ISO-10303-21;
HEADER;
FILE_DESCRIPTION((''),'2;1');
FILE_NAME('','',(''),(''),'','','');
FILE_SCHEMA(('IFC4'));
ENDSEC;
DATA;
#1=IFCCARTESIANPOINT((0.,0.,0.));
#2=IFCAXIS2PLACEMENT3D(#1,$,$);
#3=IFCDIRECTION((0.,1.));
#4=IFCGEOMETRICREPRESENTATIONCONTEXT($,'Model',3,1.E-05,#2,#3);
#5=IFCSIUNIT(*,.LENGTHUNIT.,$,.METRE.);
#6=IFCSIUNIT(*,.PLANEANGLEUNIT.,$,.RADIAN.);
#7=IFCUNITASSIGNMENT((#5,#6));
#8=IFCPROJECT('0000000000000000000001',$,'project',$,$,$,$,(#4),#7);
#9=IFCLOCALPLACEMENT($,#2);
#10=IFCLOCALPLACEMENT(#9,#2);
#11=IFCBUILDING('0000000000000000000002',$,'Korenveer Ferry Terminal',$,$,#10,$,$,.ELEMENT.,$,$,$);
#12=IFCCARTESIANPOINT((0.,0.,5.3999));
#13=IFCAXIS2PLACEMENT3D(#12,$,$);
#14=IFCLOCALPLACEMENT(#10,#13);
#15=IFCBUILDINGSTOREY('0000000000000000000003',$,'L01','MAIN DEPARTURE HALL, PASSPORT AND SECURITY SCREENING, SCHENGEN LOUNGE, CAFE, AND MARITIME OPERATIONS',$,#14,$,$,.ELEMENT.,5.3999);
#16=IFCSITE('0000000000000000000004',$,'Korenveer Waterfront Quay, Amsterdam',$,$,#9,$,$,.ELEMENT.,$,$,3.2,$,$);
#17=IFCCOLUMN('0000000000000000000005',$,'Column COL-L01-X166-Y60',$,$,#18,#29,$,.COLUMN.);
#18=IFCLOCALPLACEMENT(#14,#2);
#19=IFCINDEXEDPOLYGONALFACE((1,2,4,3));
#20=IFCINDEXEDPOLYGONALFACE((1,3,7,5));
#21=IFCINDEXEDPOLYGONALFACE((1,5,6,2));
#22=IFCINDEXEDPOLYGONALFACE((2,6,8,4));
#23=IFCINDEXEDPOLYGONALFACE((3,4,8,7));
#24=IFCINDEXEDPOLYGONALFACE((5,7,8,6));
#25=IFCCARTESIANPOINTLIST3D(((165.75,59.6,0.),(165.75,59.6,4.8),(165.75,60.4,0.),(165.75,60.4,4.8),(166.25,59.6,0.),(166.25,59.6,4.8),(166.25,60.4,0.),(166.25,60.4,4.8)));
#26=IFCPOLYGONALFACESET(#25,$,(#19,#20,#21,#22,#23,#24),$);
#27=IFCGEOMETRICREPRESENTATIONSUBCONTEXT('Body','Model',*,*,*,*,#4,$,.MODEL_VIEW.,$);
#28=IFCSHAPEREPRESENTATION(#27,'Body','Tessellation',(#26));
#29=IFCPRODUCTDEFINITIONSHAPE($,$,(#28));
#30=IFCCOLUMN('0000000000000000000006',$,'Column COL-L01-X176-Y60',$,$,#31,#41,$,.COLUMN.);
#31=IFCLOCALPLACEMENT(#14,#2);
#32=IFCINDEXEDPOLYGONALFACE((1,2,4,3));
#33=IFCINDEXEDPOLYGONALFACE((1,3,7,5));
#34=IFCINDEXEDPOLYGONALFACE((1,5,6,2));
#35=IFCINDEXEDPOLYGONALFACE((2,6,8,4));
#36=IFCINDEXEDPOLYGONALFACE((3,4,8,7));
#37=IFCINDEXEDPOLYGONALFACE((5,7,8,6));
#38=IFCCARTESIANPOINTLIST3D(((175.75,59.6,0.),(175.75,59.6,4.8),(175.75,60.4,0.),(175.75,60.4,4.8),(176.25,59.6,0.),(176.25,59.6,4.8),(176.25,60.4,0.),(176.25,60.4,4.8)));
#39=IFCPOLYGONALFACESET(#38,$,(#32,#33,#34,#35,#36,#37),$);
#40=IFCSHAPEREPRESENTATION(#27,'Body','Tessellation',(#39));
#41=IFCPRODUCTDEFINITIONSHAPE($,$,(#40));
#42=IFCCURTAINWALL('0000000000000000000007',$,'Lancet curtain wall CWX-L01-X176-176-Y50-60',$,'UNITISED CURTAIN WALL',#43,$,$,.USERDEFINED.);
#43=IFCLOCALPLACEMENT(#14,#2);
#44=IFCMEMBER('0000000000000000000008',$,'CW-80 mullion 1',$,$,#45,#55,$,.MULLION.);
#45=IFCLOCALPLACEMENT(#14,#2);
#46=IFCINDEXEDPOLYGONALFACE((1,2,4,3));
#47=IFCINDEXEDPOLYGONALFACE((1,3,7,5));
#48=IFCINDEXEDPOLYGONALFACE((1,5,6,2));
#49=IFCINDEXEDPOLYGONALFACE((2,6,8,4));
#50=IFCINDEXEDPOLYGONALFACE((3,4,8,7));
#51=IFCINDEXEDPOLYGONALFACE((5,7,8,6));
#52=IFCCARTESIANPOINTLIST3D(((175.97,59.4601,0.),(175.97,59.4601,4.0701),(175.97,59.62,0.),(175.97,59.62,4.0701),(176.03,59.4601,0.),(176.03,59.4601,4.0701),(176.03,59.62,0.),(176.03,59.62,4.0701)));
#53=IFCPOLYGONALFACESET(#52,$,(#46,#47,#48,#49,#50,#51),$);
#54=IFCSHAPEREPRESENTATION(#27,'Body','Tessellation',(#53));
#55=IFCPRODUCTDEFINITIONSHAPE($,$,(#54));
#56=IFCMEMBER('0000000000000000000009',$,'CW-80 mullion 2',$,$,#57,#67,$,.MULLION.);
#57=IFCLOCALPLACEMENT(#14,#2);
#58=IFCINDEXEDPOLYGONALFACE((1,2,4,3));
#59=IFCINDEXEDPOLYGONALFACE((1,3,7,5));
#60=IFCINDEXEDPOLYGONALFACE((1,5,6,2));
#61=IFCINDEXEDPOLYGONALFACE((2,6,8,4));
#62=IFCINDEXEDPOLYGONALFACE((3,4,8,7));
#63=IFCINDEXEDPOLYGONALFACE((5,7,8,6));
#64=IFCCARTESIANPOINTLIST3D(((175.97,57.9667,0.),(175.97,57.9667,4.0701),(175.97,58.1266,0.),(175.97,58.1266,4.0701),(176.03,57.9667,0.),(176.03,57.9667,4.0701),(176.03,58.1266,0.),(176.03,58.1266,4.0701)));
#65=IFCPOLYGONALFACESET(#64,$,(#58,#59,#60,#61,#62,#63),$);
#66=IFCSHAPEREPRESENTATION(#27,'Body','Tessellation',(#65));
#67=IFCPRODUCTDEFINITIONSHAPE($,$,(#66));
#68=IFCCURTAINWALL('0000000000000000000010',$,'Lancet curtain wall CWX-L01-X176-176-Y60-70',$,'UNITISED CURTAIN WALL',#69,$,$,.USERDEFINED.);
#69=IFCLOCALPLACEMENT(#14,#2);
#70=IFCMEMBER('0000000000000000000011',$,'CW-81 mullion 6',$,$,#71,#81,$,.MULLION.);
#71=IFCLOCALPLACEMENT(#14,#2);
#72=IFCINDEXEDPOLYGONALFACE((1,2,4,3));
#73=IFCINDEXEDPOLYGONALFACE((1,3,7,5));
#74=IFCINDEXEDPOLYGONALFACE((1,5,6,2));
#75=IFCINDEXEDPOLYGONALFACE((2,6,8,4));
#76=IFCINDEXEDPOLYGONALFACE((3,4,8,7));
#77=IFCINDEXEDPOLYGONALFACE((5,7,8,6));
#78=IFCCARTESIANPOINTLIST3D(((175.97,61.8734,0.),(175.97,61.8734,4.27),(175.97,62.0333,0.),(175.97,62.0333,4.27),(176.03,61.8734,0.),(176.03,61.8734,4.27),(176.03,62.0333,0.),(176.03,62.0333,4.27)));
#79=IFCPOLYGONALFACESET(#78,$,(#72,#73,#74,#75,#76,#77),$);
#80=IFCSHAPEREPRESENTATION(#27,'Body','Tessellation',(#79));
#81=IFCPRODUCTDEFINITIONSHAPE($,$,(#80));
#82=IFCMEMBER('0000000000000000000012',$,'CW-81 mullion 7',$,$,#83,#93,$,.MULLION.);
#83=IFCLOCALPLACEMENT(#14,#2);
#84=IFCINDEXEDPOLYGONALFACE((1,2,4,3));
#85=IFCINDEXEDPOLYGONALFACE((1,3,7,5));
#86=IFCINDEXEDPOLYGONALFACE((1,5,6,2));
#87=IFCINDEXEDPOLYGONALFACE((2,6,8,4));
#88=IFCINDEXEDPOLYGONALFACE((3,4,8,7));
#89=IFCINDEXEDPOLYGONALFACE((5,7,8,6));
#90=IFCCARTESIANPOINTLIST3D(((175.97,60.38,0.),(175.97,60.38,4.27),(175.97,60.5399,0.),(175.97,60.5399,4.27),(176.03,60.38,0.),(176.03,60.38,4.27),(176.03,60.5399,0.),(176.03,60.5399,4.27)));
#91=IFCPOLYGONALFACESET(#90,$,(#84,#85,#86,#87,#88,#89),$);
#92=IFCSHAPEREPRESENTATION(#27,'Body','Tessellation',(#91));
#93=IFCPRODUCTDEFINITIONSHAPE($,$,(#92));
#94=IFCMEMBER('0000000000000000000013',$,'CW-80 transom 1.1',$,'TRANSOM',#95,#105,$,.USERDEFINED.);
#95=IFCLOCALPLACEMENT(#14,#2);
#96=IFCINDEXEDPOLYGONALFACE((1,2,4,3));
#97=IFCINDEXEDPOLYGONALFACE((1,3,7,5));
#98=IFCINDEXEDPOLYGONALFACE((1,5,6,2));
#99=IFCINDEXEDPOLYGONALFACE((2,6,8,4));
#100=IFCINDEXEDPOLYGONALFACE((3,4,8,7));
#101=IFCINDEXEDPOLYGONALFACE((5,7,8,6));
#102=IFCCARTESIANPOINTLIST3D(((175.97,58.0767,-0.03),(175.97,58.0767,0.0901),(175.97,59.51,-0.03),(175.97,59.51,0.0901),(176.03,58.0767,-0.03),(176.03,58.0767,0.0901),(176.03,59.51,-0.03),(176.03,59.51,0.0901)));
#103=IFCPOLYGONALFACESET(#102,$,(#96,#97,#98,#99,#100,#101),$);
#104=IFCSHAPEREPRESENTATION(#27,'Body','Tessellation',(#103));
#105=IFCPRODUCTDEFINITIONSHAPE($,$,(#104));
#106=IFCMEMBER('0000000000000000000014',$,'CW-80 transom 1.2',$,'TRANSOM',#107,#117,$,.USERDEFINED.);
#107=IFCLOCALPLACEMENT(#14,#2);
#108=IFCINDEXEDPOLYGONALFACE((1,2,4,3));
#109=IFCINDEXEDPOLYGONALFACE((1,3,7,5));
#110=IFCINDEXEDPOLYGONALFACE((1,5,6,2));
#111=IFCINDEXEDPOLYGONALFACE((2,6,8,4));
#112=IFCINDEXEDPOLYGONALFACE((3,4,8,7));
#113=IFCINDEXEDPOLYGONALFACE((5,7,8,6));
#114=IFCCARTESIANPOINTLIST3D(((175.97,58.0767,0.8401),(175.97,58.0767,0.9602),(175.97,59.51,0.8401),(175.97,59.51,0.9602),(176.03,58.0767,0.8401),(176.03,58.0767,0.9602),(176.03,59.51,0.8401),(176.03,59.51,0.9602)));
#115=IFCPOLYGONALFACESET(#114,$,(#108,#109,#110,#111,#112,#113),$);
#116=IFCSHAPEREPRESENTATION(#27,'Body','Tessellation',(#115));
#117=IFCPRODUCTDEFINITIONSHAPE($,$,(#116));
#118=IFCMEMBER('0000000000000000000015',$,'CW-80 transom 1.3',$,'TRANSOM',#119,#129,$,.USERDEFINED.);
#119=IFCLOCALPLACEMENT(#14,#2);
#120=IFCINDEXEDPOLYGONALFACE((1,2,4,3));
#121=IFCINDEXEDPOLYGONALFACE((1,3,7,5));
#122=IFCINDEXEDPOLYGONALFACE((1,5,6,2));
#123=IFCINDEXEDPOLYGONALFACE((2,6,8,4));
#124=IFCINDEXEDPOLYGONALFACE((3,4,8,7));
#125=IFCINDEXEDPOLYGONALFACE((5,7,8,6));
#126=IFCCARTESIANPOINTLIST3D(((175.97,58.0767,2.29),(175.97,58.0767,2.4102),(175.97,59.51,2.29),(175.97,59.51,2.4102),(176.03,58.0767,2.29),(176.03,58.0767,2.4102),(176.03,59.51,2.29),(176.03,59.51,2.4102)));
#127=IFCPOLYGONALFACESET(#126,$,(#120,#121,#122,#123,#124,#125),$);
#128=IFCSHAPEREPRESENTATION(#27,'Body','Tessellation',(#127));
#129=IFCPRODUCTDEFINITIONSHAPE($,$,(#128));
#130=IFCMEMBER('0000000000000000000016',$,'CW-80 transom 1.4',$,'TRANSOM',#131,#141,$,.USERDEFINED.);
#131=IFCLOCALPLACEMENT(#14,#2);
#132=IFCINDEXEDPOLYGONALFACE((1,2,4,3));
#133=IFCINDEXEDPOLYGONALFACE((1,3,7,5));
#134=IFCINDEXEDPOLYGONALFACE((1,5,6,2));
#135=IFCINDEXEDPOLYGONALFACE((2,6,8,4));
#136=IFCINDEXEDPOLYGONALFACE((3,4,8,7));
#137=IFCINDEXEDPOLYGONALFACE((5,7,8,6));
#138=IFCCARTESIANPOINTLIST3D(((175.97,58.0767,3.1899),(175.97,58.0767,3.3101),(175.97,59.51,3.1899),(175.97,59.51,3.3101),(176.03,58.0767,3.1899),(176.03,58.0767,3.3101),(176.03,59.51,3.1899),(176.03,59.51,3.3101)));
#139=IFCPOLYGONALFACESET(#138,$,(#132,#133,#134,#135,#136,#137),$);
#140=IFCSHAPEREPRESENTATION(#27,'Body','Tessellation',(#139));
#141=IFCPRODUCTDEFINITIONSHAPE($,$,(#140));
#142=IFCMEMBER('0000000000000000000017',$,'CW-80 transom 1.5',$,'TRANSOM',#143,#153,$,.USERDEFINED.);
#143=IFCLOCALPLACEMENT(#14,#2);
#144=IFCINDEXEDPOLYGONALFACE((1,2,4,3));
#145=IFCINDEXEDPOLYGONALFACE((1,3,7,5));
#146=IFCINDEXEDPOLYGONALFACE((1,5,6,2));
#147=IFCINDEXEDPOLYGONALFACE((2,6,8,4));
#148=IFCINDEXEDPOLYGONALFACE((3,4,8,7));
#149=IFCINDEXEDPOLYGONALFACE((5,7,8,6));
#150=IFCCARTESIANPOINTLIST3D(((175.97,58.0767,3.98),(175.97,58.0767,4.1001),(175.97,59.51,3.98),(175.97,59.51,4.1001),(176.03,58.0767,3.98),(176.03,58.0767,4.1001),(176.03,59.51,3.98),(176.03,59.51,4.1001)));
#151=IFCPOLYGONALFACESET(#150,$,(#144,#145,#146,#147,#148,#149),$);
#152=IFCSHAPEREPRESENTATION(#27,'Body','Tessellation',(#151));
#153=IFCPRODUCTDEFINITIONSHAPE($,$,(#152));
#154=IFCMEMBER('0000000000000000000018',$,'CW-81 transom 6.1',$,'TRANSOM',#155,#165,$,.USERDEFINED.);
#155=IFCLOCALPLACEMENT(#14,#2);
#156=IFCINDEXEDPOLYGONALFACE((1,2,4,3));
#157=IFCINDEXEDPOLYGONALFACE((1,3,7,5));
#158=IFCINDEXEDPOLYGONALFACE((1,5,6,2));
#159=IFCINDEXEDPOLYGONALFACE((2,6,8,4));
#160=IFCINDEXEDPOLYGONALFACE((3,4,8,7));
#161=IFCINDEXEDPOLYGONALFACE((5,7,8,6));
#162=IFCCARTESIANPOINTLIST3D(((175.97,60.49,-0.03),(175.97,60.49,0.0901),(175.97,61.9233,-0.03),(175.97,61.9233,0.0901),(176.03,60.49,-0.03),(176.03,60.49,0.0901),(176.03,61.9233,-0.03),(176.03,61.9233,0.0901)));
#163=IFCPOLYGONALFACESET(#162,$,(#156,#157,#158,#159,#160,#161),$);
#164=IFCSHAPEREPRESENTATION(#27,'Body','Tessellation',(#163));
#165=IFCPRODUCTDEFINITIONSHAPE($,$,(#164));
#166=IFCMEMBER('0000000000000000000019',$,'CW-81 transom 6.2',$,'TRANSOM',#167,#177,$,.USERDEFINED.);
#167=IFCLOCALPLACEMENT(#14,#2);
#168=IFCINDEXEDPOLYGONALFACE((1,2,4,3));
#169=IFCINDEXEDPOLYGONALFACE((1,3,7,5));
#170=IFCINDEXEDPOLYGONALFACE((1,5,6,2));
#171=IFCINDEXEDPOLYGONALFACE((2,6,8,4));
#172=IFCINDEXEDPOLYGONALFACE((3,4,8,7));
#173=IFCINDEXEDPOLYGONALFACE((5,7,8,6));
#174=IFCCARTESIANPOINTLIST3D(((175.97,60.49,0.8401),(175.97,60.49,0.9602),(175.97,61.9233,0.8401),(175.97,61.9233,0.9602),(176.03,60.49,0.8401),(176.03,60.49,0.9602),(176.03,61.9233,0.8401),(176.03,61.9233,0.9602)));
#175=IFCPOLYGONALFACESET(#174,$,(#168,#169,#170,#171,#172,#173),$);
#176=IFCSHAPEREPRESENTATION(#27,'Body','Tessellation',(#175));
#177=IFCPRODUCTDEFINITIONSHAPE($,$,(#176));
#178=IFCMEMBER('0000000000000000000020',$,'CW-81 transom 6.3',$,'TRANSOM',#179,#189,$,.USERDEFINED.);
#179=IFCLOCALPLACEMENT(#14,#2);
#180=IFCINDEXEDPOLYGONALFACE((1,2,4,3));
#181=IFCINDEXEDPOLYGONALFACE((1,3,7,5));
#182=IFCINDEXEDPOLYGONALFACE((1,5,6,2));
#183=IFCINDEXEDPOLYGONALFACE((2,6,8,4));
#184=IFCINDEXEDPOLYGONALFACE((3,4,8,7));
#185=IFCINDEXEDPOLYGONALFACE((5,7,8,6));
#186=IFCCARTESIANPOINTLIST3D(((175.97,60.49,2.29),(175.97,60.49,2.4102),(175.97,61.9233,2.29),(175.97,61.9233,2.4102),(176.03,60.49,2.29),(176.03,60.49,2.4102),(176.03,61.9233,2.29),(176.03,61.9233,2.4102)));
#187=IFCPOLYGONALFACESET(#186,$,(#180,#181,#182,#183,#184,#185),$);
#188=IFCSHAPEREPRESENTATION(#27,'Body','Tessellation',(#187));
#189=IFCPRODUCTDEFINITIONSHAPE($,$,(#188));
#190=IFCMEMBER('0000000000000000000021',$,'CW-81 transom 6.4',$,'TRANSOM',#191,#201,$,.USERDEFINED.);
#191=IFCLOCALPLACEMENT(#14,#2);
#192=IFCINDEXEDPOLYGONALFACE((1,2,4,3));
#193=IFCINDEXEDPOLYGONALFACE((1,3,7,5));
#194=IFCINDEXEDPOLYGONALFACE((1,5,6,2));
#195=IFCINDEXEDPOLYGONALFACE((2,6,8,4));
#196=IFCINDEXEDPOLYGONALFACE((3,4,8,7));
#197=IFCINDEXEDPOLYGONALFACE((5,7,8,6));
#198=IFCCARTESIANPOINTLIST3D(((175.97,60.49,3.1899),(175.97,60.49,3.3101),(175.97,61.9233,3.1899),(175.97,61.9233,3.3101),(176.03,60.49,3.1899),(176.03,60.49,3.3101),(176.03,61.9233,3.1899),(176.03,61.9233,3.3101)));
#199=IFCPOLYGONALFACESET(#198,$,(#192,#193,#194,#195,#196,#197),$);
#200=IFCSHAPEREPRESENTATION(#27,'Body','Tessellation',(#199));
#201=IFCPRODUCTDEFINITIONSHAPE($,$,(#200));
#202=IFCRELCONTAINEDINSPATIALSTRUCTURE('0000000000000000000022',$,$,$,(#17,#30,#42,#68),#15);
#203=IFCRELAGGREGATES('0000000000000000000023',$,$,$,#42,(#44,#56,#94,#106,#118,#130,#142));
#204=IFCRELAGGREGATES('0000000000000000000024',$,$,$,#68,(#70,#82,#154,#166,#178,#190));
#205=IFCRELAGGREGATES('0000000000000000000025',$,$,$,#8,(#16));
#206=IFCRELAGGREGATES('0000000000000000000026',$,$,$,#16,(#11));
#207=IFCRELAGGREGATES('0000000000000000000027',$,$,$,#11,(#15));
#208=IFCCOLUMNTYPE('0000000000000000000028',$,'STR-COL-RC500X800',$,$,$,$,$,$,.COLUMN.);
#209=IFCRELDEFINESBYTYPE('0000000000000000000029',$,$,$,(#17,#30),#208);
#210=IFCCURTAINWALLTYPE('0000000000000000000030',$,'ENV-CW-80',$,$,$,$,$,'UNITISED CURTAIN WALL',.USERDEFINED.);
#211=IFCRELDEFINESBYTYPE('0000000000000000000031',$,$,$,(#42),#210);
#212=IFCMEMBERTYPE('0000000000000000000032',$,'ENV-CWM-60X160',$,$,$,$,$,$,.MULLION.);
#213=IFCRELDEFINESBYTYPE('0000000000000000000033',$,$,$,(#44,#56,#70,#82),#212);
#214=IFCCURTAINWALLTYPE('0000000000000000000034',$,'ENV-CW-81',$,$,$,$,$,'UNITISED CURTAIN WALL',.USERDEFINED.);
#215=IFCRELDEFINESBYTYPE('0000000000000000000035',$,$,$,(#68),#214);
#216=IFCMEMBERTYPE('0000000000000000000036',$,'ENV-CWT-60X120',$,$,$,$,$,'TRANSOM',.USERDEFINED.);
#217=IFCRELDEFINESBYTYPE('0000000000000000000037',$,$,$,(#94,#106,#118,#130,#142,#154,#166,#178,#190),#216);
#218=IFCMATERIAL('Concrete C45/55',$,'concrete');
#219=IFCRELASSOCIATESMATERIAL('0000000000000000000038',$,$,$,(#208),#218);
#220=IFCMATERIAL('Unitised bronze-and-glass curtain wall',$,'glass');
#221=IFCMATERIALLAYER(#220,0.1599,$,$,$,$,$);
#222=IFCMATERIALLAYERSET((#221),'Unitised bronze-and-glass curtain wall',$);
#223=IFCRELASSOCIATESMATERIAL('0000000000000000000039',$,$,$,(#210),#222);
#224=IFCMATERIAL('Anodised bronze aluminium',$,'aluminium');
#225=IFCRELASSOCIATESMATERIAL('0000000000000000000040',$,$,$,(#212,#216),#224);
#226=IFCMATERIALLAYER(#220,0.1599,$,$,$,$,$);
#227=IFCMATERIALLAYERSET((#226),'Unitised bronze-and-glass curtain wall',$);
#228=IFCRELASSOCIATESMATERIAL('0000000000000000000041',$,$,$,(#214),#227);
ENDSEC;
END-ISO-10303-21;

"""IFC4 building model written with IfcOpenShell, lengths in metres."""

from ifc_helpers import new_model, si_unit, direction, frame, origin, origin_2d, place, context, subcontext, project, spatial, rectangle, extrude, material, layer, layer_set, material_profile, profile_set, type_object, element, aggregate, save


model = new_model("IFC4")

# Units and contexts
model_context = context("Model", 3, precision=1e-05, world=origin(), true_north=direction((0.0, 1.0)))
body_context = subcontext(model_context, "Body", "Model", "MODEL_VIEW")
ifc_project = project(units=[si_unit("LENGTHUNIT", "METRE"), si_unit("PLANEANGLEUNIT", "RADIAN")], contexts=[model_context])

# Site, building, storey
site_placement = place(None, origin())
site = spatial("IfcSite", under=ifc_project, at=site_placement, Name="Korenveer Waterfront Quay, Amsterdam", CompositionType="ELEMENT", RefElevation=3.2)
building_placement = place(site_placement, origin())
building = spatial("IfcBuilding", under=site, at=building_placement, Name="Korenveer Ferry Terminal", CompositionType="ELEMENT")
storey_placement = place(building_placement, frame((0.0, 0.0, 5.3999)))
storey = spatial("IfcBuildingStorey", under=building, at=storey_placement, Name="L01", Description="MAIN DEPARTURE HALL, PASSPORT AND SECURITY SCREENING, SCHENGEN LOUNGE, CAFE, AND MARITIME OPERATIONS", CompositionType="ELEMENT", Elevation=5.3999)

# Columns
ifc_material_1 = material(Name="Concrete C45/55", Category="concrete")
ifc_material_profile_1 = material_profile(ifc_material_1, rectangle(XDim=0.5, YDim=0.8, at=origin_2d()), Name="RC 500x800")
ifc_profile_set_1 = profile_set([ifc_material_profile_1], Name="Concrete C45/55")
column_type = type_object("IfcColumnType", Name="STR-COL-RC500X800", PredefinedType="COLUMN", material=ifc_profile_set_1)
for number, where, z_axis, x_axis, name in (
    (1, (166.0, 60.0, 0.0), (0.0, 0.0, 1.0), (1.0, 0.0, 0.0), "Column COL-L01-X166-Y60"),
    (2, (176.0, 60.0, 0.0), (0.0, 0.0, 1.0), (1.0, 0.0, 0.0), "Column COL-L01-X176-Y60"),
):
    element("IfcColumn", number, at=place(storey_placement, frame(where, z_axis=z_axis, x_axis=x_axis)), inside=storey, type_object=column_type, Name=name, PredefinedType="COLUMN", context=body_context, shape_type="SweptSolid", body=[
        extrude(rectangle(XDim=0.5, YDim=0.8, at=origin_2d()), origin(), (0.0, 0.0, 1.0), 4.8),
    ])

# Curtain walls, members
ifc_material_2 = material(Name="Unitised bronze-and-glass curtain wall", Category="glass")
ifc_layer_1 = layer(ifc_material_2, 0.1599)
ifc_layer_set_1 = layer_set([ifc_layer_1], Name="Unitised bronze-and-glass curtain wall")
curtain_wall_type_1 = type_object("IfcCurtainWallType", Name="ENV-CW-80", ElementType="UNITISED CURTAIN WALL", PredefinedType="USERDEFINED", material=ifc_layer_set_1)
curtain_wall_1_placement = place(storey_placement, frame((176.0, 59.5701, 0.0)))
curtain_wall_1 = element("IfcCurtainWall", 3, at=curtain_wall_1_placement, inside=storey, type_object=curtain_wall_type_1, Name="Lancet curtain wall CWX-L01-X176-176-Y50-60", ObjectType="UNITISED CURTAIN WALL", PredefinedType="USERDEFINED")
ifc_material_3 = material(Name="Anodised bronze aluminium", Category="aluminium")
ifc_material_profile_2 = material_profile(ifc_material_3, rectangle(XDim=0.0601, YDim=0.1599, at=origin_2d()), Name="ALU 60x160")
ifc_profile_set_2 = profile_set([ifc_material_profile_2], Name="Anodised bronze aluminium")
member_type_1 = type_object("IfcMemberType", Name="ENV-CWM-60X160", PredefinedType="MULLION", material=ifc_profile_set_2)
member_1_placement = place(storey_placement, frame((176.0, 59.54, 0.0), z_axis=(0.0, 0.0, 1.0), x_axis=(1.0, 0.0, 0.0)))
member_1 = element("IfcMember", 4, at=member_1_placement, type_object=member_type_1, Name="CW-80 mullion 1", PredefinedType="MULLION", context=body_context, shape_type="SweptSolid", body=[
    extrude(rectangle(XDim=0.0601, YDim=0.1599, at=origin_2d()), origin(), (0.0, 0.0, 1.0), 4.0701),
])
member_2_placement = place(storey_placement, frame((176.0, 58.0466, 0.0), z_axis=(0.0, 0.0, 1.0), x_axis=(1.0, 0.0, 0.0)))
member_2 = element("IfcMember", 5, at=member_2_placement, type_object=member_type_1, Name="CW-80 mullion 2", PredefinedType="MULLION", context=body_context, shape_type="SweptSolid", body=[
    extrude(rectangle(XDim=0.0601, YDim=0.1599, at=origin_2d()), origin(), (0.0, 0.0, 1.0), 4.0701),
])
ifc_layer_2 = layer(ifc_material_2, 0.1599)
ifc_layer_set_2 = layer_set([ifc_layer_2], Name="Unitised bronze-and-glass curtain wall")
curtain_wall_type_2 = type_object("IfcCurtainWallType", Name="ENV-CW-81", ElementType="UNITISED CURTAIN WALL", PredefinedType="USERDEFINED", material=ifc_layer_set_2)
curtain_wall_2_placement = place(storey_placement, frame((176.0, 69.5701, 0.0)))
curtain_wall_2 = element("IfcCurtainWall", 6, at=curtain_wall_2_placement, inside=storey, type_object=curtain_wall_type_2, Name="Lancet curtain wall CWX-L01-X176-176-Y60-70", ObjectType="UNITISED CURTAIN WALL", PredefinedType="USERDEFINED")
member_3_placement = place(storey_placement, frame((176.0, 61.9534, 0.0), z_axis=(0.0, 0.0, 1.0), x_axis=(1.0, 0.0, 0.0)))
member_3 = element("IfcMember", 7, at=member_3_placement, type_object=member_type_1, Name="CW-81 mullion 6", PredefinedType="MULLION", context=body_context, shape_type="SweptSolid", body=[
    extrude(rectangle(XDim=0.0601, YDim=0.1599, at=origin_2d()), origin(), (0.0, 0.0, 1.0), 4.27),
])
member_4_placement = place(storey_placement, frame((176.0, 60.46, 0.0), z_axis=(0.0, 0.0, 1.0), x_axis=(1.0, 0.0, 0.0)))
member_4 = element("IfcMember", 8, at=member_4_placement, type_object=member_type_1, Name="CW-81 mullion 7", PredefinedType="MULLION", context=body_context, shape_type="SweptSolid", body=[
    extrude(rectangle(XDim=0.0601, YDim=0.1599, at=origin_2d()), origin(), (0.0, 0.0, 1.0), 4.27),
])

# Members
ifc_material_profile_3 = material_profile(ifc_material_3, rectangle(XDim=0.0601, YDim=0.1201, at=origin_2d()), Name="ALU 60x120")
ifc_profile_set_3 = profile_set([ifc_material_profile_3], Name="Anodised bronze aluminium")
member_type_2 = type_object("IfcMemberType", Name="ENV-CWT-60X120", ElementType="TRANSOM", PredefinedType="USERDEFINED", material=ifc_profile_set_3)
member_5_placement = place(storey_placement, frame((176.0, 59.51, 0.03), z_axis=(0.0, -1.0, 0.0), x_axis=(1.0, 0.0, 0.0)))
member_5 = element("IfcMember", 9, at=member_5_placement, type_object=member_type_2, Name="CW-80 transom 1.1", ObjectType="TRANSOM", PredefinedType="USERDEFINED", context=body_context, shape_type="SweptSolid", body=[
    extrude(rectangle(XDim=0.0601, YDim=0.1201, at=origin_2d()), origin(), (0.0, 0.0, 1.0), 1.4333),
])
member_6_placement = place(storey_placement, frame((176.0, 59.51, 0.9001), z_axis=(0.0, -1.0, 0.0), x_axis=(1.0, 0.0, 0.0)))
member_6 = element("IfcMember", 10, at=member_6_placement, type_object=member_type_2, Name="CW-80 transom 1.2", ObjectType="TRANSOM", PredefinedType="USERDEFINED", context=body_context, shape_type="SweptSolid", body=[
    extrude(rectangle(XDim=0.0601, YDim=0.1201, at=origin_2d()), origin(), (0.0, 0.0, 1.0), 1.4333),
])
member_7_placement = place(storey_placement, frame((176.0, 59.51, 2.3501), z_axis=(0.0, -1.0, 0.0), x_axis=(1.0, 0.0, 0.0)))
member_7 = element("IfcMember", 11, at=member_7_placement, type_object=member_type_2, Name="CW-80 transom 1.3", ObjectType="TRANSOM", PredefinedType="USERDEFINED", context=body_context, shape_type="SweptSolid", body=[
    extrude(rectangle(XDim=0.0601, YDim=0.1201, at=origin_2d()), origin(), (0.0, 0.0, 1.0), 1.4333),
])
member_8_placement = place(storey_placement, frame((176.0, 59.51, 3.25), z_axis=(0.0, -1.0, 0.0), x_axis=(1.0, 0.0, 0.0)))
member_8 = element("IfcMember", 12, at=member_8_placement, type_object=member_type_2, Name="CW-80 transom 1.4", ObjectType="TRANSOM", PredefinedType="USERDEFINED", context=body_context, shape_type="SweptSolid", body=[
    extrude(rectangle(XDim=0.0601, YDim=0.1201, at=origin_2d()), origin(), (0.0, 0.0, 1.0), 1.4333),
])
member_9_placement = place(storey_placement, frame((176.0, 59.51, 4.04), z_axis=(0.0, -1.0, 0.0), x_axis=(1.0, 0.0, 0.0)))
member_9 = element("IfcMember", 13, at=member_9_placement, type_object=member_type_2, Name="CW-80 transom 1.5", ObjectType="TRANSOM", PredefinedType="USERDEFINED", context=body_context, shape_type="SweptSolid", body=[
    extrude(rectangle(XDim=0.0601, YDim=0.1201, at=origin_2d()), origin(), (0.0, 0.0, 1.0), 1.4333),
])
member_10_placement = place(storey_placement, frame((176.0, 61.9233, 0.03), z_axis=(0.0, -1.0, 0.0), x_axis=(1.0, 0.0, 0.0)))
member_10 = element("IfcMember", 14, at=member_10_placement, type_object=member_type_2, Name="CW-81 transom 6.1", ObjectType="TRANSOM", PredefinedType="USERDEFINED", context=body_context, shape_type="SweptSolid", body=[
    extrude(rectangle(XDim=0.0601, YDim=0.1201, at=origin_2d()), origin(), (0.0, 0.0, 1.0), 1.4333),
])
member_11_placement = place(storey_placement, frame((176.0, 61.9233, 0.9001), z_axis=(0.0, -1.0, 0.0), x_axis=(1.0, 0.0, 0.0)))
member_11 = element("IfcMember", 15, at=member_11_placement, type_object=member_type_2, Name="CW-81 transom 6.2", ObjectType="TRANSOM", PredefinedType="USERDEFINED", context=body_context, shape_type="SweptSolid", body=[
    extrude(rectangle(XDim=0.0601, YDim=0.1201, at=origin_2d()), origin(), (0.0, 0.0, 1.0), 1.4333),
])
member_12_placement = place(storey_placement, frame((176.0, 61.9233, 2.3501), z_axis=(0.0, -1.0, 0.0), x_axis=(1.0, 0.0, 0.0)))
member_12 = element("IfcMember", 16, at=member_12_placement, type_object=member_type_2, Name="CW-81 transom 6.3", ObjectType="TRANSOM", PredefinedType="USERDEFINED", context=body_context, shape_type="SweptSolid", body=[
    extrude(rectangle(XDim=0.0601, YDim=0.1201, at=origin_2d()), origin(), (0.0, 0.0, 1.0), 1.4333),
])
member_13_placement = place(storey_placement, frame((176.0, 61.9233, 3.25), z_axis=(0.0, -1.0, 0.0), x_axis=(1.0, 0.0, 0.0)))
member_13 = element("IfcMember", 17, at=member_13_placement, type_object=member_type_2, Name="CW-81 transom 6.4", ObjectType="TRANSOM", PredefinedType="USERDEFINED", context=body_context, shape_type="SweptSolid", body=[
    extrude(rectangle(XDim=0.0601, YDim=0.1201, at=origin_2d()), origin(), (0.0, 0.0, 1.0), 1.4333),
])

aggregate(curtain_wall_1, [member_1, member_2, member_5, member_6, member_7, member_8, member_9])
aggregate(curtain_wall_2, [member_3, member_4, member_10, member_11, member_12, member_13])

save(model, "model.ifc")
